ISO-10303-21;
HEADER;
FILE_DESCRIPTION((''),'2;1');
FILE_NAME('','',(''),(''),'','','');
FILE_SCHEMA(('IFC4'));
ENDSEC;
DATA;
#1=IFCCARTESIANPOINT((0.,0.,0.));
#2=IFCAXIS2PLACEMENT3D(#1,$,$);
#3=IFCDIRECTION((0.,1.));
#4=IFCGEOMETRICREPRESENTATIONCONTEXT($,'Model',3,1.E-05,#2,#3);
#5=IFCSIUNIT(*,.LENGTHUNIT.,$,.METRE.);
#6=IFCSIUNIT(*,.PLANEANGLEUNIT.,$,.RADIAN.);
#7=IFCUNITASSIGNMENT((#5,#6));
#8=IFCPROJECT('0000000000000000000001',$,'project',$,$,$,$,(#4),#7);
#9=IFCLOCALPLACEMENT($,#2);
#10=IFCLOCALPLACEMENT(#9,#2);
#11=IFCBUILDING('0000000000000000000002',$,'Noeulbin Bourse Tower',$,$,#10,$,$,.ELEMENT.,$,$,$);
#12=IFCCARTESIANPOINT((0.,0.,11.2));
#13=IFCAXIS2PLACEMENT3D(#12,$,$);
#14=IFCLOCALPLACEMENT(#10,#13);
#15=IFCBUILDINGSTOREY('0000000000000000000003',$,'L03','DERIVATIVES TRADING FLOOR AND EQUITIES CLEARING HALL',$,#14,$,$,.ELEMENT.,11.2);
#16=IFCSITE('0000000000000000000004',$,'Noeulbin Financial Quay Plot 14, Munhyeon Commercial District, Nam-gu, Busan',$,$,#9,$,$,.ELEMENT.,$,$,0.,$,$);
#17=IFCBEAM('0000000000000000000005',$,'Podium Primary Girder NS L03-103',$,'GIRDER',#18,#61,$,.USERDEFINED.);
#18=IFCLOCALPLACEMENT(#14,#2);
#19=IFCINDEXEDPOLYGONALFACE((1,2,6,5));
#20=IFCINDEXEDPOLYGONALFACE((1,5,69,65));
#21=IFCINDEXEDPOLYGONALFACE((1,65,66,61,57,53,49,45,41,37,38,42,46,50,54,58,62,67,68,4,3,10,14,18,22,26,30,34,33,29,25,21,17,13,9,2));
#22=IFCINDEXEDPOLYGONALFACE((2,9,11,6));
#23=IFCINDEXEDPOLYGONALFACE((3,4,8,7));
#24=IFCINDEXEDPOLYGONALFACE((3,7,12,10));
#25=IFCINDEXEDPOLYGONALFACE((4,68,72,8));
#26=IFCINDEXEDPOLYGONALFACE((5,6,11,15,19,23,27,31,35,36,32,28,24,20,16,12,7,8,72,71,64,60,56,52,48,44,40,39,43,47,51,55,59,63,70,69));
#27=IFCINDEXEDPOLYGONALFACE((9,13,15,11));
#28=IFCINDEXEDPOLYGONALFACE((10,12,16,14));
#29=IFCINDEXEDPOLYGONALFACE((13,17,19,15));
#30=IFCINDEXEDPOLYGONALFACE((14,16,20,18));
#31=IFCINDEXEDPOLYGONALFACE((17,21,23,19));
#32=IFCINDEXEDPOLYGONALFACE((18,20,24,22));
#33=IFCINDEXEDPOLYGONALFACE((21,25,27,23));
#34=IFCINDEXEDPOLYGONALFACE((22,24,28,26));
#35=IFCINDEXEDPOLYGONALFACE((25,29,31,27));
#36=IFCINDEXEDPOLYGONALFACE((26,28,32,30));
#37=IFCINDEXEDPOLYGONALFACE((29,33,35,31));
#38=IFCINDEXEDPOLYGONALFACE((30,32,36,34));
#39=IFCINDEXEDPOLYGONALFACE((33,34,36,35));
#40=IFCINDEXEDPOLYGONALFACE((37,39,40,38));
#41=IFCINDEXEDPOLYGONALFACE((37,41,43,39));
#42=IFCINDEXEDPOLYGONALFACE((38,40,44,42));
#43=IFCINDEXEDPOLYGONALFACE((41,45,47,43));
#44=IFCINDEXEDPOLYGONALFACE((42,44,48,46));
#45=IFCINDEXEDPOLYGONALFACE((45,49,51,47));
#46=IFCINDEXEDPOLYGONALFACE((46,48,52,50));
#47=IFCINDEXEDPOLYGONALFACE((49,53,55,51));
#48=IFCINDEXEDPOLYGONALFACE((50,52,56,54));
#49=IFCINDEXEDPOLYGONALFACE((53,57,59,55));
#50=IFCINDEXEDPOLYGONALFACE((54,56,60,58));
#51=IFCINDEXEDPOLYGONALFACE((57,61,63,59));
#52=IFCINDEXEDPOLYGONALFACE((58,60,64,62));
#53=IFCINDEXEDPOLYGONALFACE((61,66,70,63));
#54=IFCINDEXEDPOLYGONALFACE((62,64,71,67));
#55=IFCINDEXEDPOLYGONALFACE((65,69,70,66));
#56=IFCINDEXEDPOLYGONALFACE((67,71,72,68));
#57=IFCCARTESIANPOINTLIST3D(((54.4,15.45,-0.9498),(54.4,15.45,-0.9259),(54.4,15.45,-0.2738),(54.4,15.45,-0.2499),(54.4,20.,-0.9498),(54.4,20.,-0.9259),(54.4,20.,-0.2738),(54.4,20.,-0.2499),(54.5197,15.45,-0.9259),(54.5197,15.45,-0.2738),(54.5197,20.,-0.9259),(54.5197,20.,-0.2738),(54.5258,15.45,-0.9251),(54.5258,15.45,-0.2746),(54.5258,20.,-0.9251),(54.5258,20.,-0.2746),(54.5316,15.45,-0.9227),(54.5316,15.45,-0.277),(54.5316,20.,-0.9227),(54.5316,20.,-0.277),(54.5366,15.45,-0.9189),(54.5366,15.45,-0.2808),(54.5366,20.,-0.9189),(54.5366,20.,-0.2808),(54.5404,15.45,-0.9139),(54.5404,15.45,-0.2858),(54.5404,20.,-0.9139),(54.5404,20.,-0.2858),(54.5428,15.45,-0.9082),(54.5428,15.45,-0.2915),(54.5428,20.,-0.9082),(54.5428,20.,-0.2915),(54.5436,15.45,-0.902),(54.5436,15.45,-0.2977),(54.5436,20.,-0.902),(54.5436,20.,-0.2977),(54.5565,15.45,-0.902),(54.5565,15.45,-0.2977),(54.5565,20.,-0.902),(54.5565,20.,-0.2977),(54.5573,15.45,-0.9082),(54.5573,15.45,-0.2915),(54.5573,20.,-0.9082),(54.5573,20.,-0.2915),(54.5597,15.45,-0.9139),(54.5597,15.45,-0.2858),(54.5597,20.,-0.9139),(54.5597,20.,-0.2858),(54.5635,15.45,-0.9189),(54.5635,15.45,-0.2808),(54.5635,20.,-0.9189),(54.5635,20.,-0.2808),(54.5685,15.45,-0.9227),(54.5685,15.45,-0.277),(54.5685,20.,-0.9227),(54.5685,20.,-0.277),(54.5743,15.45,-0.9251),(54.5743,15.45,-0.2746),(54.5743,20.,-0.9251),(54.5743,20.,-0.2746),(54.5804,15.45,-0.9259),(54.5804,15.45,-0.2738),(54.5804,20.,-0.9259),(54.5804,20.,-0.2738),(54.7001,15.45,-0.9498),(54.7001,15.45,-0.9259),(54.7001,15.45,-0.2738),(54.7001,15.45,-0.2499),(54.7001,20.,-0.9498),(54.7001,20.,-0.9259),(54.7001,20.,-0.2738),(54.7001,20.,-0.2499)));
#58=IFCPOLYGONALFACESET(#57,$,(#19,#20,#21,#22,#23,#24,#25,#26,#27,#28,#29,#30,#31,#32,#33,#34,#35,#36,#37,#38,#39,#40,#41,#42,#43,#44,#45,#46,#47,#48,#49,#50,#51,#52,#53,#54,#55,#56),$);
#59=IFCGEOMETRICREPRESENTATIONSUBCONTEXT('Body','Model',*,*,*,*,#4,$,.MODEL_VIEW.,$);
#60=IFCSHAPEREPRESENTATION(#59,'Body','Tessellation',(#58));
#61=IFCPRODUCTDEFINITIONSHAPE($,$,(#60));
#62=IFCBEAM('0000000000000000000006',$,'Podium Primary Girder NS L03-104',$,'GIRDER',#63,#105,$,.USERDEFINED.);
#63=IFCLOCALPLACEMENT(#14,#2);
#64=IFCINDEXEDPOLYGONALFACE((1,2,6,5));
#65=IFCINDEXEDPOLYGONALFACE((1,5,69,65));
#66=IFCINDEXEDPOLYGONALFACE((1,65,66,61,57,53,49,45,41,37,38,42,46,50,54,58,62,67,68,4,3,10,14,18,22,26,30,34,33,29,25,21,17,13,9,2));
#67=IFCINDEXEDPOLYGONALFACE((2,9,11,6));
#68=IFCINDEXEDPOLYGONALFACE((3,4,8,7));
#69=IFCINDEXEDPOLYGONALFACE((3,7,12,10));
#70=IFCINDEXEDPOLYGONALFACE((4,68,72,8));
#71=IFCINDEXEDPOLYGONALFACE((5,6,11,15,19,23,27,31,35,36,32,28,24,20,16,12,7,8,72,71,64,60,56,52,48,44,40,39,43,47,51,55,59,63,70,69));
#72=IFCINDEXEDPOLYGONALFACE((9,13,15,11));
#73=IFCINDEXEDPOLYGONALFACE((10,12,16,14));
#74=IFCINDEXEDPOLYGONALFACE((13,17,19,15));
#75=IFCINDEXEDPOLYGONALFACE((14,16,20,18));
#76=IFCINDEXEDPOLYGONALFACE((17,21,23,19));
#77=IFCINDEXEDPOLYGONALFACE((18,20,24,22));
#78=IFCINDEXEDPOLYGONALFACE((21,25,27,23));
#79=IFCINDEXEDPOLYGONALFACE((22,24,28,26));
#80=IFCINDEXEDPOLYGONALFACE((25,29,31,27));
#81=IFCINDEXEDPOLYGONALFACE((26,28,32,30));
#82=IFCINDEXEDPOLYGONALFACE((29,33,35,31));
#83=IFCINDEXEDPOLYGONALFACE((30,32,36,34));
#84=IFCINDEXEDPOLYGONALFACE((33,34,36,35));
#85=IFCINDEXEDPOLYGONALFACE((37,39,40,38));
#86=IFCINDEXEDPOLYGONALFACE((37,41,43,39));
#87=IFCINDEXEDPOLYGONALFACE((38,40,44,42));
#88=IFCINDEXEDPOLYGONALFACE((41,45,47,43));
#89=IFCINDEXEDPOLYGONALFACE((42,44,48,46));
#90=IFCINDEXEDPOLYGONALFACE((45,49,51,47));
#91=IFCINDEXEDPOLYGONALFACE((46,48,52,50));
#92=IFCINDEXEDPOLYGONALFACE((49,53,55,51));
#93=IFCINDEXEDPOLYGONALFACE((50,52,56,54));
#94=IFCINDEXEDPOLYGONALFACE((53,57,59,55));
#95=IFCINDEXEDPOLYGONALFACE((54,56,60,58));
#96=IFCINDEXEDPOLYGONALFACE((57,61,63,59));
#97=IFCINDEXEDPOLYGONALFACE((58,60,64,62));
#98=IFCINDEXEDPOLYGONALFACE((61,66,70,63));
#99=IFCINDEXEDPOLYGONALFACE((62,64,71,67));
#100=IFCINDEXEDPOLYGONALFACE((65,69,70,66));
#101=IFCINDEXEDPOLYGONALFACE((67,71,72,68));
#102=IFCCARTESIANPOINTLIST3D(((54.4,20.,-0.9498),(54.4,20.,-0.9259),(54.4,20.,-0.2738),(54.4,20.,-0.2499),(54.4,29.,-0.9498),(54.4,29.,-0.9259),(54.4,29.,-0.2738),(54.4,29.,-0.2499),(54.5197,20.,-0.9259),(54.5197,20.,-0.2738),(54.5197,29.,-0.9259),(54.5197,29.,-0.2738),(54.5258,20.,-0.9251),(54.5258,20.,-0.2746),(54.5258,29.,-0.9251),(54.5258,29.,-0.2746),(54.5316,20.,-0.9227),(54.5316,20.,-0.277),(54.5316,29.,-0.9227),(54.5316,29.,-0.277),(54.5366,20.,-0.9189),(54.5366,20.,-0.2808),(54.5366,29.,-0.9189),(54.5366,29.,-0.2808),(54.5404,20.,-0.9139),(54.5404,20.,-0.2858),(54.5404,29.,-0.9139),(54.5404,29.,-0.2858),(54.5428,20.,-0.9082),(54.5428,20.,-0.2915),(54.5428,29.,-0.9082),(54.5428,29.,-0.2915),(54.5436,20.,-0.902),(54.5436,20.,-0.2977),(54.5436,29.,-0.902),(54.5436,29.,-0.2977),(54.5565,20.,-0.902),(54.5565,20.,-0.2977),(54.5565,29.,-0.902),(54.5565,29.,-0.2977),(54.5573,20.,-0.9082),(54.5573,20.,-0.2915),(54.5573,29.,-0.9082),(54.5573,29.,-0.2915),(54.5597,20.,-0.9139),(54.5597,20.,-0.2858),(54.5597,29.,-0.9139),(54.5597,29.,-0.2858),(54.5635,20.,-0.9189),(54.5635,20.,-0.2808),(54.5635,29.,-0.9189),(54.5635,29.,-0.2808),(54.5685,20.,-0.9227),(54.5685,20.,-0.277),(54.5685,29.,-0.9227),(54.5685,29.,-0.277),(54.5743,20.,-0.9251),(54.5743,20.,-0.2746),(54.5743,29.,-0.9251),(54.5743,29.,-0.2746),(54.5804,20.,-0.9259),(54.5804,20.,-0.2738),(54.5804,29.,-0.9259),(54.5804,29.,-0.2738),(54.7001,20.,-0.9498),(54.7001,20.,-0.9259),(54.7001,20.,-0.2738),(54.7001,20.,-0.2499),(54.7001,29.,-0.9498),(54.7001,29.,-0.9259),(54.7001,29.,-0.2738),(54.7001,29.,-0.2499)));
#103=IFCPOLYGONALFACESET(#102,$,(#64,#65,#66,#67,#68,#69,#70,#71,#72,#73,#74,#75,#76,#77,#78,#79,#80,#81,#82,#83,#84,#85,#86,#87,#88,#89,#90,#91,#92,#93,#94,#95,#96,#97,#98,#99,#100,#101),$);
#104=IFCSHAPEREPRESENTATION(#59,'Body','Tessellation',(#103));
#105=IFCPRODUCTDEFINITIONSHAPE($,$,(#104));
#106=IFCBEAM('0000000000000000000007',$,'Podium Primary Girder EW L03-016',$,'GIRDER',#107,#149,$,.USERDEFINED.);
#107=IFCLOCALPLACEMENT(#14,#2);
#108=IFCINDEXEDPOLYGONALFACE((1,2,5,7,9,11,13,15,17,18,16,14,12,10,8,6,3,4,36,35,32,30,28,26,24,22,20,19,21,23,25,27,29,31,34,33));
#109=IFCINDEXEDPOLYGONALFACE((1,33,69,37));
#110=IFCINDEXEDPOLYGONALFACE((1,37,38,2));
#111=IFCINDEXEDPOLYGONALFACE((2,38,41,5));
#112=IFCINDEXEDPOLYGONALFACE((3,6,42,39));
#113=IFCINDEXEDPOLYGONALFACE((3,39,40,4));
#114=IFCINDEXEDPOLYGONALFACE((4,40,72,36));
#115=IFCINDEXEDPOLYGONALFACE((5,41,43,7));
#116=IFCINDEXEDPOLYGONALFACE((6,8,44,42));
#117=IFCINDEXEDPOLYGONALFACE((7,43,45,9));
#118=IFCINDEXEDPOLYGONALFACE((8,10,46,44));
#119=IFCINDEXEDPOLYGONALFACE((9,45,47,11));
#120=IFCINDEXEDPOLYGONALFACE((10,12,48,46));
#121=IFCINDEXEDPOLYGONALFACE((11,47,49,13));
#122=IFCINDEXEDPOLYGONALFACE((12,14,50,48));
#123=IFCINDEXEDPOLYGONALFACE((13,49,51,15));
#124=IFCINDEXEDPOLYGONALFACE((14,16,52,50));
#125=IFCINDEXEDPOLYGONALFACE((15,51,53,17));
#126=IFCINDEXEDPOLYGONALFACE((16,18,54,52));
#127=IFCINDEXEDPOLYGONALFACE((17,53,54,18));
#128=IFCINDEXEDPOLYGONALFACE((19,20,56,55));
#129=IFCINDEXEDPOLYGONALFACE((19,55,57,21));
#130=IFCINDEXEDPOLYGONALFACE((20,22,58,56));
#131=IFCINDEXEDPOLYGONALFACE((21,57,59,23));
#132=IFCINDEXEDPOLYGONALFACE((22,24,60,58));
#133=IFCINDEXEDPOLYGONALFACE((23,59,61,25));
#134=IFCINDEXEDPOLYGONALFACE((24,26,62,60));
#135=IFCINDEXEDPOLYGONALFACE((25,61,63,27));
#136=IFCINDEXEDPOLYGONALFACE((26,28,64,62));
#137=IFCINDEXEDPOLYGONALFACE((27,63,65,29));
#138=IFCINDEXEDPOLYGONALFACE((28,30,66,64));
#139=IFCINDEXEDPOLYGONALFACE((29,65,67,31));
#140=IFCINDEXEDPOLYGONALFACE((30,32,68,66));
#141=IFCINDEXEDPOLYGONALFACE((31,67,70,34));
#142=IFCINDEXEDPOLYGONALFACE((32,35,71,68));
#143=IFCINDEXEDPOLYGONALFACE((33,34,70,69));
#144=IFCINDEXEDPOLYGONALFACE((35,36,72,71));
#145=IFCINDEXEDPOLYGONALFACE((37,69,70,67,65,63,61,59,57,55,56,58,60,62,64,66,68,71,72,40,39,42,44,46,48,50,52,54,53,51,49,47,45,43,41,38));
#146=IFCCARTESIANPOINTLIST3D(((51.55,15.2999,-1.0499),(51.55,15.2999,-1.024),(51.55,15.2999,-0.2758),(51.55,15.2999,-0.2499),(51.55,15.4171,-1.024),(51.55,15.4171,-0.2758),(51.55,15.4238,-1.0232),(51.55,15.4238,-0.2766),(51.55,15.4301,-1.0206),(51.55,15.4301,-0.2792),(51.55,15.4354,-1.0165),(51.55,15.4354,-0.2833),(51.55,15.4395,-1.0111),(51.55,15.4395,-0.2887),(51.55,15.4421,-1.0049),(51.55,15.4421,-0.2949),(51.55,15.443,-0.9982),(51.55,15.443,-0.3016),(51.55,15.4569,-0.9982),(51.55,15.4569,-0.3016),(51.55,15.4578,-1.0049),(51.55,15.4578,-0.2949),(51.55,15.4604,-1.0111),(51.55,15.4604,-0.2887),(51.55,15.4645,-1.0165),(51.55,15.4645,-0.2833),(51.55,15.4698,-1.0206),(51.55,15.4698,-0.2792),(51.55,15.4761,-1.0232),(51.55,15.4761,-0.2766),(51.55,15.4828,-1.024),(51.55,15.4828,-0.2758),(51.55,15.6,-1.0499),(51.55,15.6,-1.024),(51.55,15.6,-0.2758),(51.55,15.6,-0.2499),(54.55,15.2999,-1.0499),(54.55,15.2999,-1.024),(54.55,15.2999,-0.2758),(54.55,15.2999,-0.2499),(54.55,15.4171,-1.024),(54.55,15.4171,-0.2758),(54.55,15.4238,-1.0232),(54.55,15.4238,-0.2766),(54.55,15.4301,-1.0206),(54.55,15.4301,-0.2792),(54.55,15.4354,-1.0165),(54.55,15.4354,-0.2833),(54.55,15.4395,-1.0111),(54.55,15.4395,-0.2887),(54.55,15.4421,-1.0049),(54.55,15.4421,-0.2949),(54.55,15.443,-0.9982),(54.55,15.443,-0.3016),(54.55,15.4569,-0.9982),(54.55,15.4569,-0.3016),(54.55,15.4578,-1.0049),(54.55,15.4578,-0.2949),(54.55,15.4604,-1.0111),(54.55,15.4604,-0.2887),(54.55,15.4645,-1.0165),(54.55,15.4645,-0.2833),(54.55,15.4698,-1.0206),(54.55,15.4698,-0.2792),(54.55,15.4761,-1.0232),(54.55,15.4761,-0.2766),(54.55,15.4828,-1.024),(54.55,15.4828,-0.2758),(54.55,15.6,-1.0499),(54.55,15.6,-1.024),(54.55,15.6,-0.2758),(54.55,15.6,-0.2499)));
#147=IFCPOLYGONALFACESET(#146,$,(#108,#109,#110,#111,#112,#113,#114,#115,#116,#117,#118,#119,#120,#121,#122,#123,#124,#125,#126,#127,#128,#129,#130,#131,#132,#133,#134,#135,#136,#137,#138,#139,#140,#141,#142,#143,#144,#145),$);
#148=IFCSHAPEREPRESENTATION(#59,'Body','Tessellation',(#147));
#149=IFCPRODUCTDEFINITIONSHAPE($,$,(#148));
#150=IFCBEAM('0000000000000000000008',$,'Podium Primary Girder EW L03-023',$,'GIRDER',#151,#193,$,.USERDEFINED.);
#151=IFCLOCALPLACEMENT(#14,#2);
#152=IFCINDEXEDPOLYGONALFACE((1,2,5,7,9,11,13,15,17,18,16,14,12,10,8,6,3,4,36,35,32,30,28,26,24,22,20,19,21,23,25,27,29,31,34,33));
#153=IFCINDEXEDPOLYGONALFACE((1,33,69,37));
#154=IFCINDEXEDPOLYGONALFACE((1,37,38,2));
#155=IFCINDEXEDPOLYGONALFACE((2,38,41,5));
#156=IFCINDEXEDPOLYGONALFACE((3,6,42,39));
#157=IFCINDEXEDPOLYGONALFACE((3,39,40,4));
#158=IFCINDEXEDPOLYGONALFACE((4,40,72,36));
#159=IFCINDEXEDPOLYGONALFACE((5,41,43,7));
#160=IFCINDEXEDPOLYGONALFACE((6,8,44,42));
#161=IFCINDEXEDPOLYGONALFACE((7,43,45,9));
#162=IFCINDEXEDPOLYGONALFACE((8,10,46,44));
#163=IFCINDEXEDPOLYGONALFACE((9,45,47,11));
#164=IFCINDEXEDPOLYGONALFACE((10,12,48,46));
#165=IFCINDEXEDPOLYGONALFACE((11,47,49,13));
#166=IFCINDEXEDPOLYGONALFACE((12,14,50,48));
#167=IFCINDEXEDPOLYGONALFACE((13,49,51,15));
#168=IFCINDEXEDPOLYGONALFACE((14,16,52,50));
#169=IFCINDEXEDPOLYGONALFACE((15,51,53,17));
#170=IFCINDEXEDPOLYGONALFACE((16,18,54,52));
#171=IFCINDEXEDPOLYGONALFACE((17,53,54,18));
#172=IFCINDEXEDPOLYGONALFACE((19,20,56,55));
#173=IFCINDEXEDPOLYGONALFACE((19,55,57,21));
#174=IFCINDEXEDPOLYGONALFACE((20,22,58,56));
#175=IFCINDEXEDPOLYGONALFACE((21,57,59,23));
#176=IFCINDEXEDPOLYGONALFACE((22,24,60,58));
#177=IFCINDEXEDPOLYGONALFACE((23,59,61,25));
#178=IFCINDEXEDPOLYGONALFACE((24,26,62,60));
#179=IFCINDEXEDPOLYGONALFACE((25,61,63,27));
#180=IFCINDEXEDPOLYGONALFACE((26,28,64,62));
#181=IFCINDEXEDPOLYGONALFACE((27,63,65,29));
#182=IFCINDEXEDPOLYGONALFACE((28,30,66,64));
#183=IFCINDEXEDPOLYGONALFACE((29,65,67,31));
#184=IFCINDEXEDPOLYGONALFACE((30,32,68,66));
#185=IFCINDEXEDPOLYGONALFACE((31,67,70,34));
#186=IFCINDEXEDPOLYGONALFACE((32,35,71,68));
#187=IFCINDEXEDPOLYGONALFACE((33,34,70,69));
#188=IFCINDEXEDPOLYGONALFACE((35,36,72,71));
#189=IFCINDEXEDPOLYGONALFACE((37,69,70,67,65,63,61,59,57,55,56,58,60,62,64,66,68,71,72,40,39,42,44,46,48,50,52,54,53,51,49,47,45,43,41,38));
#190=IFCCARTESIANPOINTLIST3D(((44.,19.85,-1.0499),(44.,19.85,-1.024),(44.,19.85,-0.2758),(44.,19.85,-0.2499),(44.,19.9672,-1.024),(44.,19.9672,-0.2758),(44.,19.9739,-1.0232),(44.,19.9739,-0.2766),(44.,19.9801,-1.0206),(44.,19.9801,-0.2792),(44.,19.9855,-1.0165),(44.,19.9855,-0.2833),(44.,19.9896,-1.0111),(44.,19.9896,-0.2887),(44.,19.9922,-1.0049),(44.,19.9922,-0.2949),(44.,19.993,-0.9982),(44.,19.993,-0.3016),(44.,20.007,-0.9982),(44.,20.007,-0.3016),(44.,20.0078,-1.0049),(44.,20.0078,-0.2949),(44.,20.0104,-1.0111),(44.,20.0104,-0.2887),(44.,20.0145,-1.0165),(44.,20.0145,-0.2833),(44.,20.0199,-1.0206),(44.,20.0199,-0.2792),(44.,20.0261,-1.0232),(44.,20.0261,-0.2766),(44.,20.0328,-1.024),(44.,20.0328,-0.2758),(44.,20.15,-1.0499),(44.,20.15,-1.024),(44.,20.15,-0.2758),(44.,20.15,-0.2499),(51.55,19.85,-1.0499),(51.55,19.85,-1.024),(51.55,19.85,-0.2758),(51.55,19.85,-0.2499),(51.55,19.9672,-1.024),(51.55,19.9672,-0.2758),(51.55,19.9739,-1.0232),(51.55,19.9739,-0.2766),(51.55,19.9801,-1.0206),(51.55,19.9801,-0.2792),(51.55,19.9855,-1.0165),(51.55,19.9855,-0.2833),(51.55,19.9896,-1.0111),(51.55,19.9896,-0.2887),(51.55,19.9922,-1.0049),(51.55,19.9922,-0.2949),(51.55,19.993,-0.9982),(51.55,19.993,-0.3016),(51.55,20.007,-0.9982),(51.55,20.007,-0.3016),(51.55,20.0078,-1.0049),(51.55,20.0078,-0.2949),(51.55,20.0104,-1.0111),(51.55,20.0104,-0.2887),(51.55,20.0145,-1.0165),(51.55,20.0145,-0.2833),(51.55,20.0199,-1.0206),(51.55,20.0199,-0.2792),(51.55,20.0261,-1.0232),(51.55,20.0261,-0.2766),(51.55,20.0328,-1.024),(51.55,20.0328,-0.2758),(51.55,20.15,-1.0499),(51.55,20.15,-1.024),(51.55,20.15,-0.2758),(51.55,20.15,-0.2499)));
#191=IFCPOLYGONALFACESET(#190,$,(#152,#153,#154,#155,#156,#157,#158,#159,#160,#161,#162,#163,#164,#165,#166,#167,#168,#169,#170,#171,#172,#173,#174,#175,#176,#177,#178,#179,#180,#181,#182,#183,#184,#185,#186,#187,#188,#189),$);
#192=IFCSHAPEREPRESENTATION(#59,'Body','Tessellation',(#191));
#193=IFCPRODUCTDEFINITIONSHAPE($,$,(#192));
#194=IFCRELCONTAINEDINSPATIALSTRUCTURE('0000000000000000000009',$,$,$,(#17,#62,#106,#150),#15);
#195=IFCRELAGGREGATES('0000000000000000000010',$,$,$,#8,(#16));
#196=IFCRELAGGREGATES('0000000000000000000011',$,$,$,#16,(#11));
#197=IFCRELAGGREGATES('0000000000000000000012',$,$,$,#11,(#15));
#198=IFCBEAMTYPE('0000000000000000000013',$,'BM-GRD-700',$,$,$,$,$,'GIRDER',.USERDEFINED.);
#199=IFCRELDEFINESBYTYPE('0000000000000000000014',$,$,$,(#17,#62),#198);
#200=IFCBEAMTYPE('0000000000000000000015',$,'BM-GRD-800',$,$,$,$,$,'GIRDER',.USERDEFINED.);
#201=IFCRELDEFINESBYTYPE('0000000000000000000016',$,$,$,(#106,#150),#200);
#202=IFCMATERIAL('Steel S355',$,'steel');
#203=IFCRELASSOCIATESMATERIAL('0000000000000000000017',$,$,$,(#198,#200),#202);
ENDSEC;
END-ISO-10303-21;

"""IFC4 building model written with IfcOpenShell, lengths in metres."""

from ifc_helpers import new_model, si_unit, direction, frame, origin, origin_2d, place, context, subcontext, project, spatial, i_section, extrude, material, material_profile, profile_set, type_object, element, save


model = new_model("IFC4")

# Units and contexts
model_context = context("Model", 3, precision=1e-05, world=origin(), true_north=direction((0.0, 1.0)))
body_context = subcontext(model_context, "Body", "Model", "MODEL_VIEW")
ifc_project = project(units=[si_unit("LENGTHUNIT", "METRE"), si_unit("PLANEANGLEUNIT", "RADIAN")], contexts=[model_context])

# Site, building, storey
site_placement = place(None, origin())
site = spatial("IfcSite", under=ifc_project, at=site_placement, Name="Noeulbin Financial Quay Plot 14, Munhyeon Commercial District, Nam-gu, Busan", CompositionType="ELEMENT", RefElevation=0.0)
building_placement = place(site_placement, origin())
building = spatial("IfcBuilding", under=site, at=building_placement, Name="Noeulbin Bourse Tower", CompositionType="ELEMENT")
storey_placement = place(building_placement, frame((0.0, 0.0, 11.2)))
storey = spatial("IfcBuildingStorey", under=building, at=storey_placement, Name="L03", Description="DERIVATIVES TRADING FLOOR AND EQUITIES CLEARING HALL", CompositionType="ELEMENT", Elevation=11.2)

# Beams
ifc_material_1 = material(Name="Steel S355", Category="steel")
ifc_material_profile_1 = material_profile(ifc_material_1, i_section(OverallWidth=0.3, OverallDepth=0.7, WebThickness=0.0129, FlangeThickness=0.0239, FilletRadius=0.0239, at=origin_2d()), Name="H-700x300x13x24", Category="LoadBearing")
ifc_profile_set_1 = profile_set([ifc_material_profile_1], Name="Steel S355")
beam_type_1 = type_object("IfcBeamType", Name="BM-GRD-700", ElementType="GIRDER", PredefinedType="USERDEFINED", material=ifc_profile_set_1)
beam_1_placement = place(storey_placement, frame((54.55, 15.45, -0.5999), z_axis=(0.0, 1.0, 0.0), x_axis=(-1.0, 0.0, 0.0)))
element("IfcBeam", 1, at=beam_1_placement, inside=storey, type_object=beam_type_1, Name="Podium Primary Girder NS L03-103", ObjectType="GIRDER", PredefinedType="USERDEFINED", context=body_context, shape_type="SweptSolid", body=[
    extrude(i_section(OverallWidth=0.3, OverallDepth=0.7, WebThickness=0.0129, FlangeThickness=0.0239, FilletRadius=0.0239, at=origin_2d()), origin(), (0.0, 0.0, 1.0), 4.55),
])
beam_2_placement = place(storey_placement, frame((54.55, 20.0, -0.5999), z_axis=(0.0, 1.0, 0.0), x_axis=(-1.0, 0.0, 0.0)))
element("IfcBeam", 2, at=beam_2_placement, inside=storey, type_object=beam_type_1, Name="Podium Primary Girder NS L03-104", ObjectType="GIRDER", PredefinedType="USERDEFINED", context=body_context, shape_type="SweptSolid", body=[
    extrude(i_section(OverallWidth=0.3, OverallDepth=0.7, WebThickness=0.0129, FlangeThickness=0.0239, FilletRadius=0.0239, at=origin_2d()), origin(), (0.0, 0.0, 1.0), 9.0),
])
ifc_material_profile_2 = material_profile(ifc_material_1, i_section(OverallWidth=0.3, OverallDepth=0.8, WebThickness=0.0139, FlangeThickness=0.0259, FilletRadius=0.0259, at=origin_2d()), Name="H-800x300x14x26", Category="LoadBearing")
ifc_profile_set_2 = profile_set([ifc_material_profile_2], Name="Steel S355")
beam_type_2 = type_object("IfcBeamType", Name="BM-GRD-800", ElementType="GIRDER", PredefinedType="USERDEFINED", material=ifc_profile_set_2)
beam_3_placement = place(storey_placement, frame((51.55, 15.45, -0.6499), z_axis=(1.0, 0.0, 0.0), x_axis=(0.0, 1.0, 0.0)))
element("IfcBeam", 3, at=beam_3_placement, inside=storey, type_object=beam_type_2, Name="Podium Primary Girder EW L03-016", ObjectType="GIRDER", PredefinedType="USERDEFINED", context=body_context, shape_type="SweptSolid", body=[
    extrude(i_section(OverallWidth=0.3, OverallDepth=0.8, WebThickness=0.0139, FlangeThickness=0.0259, FilletRadius=0.0259, at=origin_2d()), origin(), (0.0, 0.0, 1.0), 3.0),
])
beam_4_placement = place(storey_placement, frame((44.0, 20.0, -0.6499), z_axis=(1.0, 0.0, 0.0), x_axis=(0.0, 1.0, 0.0)))
element("IfcBeam", 4, at=beam_4_placement, inside=storey, type_object=beam_type_2, Name="Podium Primary Girder EW L03-023", ObjectType="GIRDER", PredefinedType="USERDEFINED", context=body_context, shape_type="SweptSolid", body=[
    extrude(i_section(OverallWidth=0.3, OverallDepth=0.8, WebThickness=0.0139, FlangeThickness=0.0259, FilletRadius=0.0259, at=origin_2d()), origin(), (0.0, 0.0, 1.0), 7.55),
])

save(model, "model.ifc")
